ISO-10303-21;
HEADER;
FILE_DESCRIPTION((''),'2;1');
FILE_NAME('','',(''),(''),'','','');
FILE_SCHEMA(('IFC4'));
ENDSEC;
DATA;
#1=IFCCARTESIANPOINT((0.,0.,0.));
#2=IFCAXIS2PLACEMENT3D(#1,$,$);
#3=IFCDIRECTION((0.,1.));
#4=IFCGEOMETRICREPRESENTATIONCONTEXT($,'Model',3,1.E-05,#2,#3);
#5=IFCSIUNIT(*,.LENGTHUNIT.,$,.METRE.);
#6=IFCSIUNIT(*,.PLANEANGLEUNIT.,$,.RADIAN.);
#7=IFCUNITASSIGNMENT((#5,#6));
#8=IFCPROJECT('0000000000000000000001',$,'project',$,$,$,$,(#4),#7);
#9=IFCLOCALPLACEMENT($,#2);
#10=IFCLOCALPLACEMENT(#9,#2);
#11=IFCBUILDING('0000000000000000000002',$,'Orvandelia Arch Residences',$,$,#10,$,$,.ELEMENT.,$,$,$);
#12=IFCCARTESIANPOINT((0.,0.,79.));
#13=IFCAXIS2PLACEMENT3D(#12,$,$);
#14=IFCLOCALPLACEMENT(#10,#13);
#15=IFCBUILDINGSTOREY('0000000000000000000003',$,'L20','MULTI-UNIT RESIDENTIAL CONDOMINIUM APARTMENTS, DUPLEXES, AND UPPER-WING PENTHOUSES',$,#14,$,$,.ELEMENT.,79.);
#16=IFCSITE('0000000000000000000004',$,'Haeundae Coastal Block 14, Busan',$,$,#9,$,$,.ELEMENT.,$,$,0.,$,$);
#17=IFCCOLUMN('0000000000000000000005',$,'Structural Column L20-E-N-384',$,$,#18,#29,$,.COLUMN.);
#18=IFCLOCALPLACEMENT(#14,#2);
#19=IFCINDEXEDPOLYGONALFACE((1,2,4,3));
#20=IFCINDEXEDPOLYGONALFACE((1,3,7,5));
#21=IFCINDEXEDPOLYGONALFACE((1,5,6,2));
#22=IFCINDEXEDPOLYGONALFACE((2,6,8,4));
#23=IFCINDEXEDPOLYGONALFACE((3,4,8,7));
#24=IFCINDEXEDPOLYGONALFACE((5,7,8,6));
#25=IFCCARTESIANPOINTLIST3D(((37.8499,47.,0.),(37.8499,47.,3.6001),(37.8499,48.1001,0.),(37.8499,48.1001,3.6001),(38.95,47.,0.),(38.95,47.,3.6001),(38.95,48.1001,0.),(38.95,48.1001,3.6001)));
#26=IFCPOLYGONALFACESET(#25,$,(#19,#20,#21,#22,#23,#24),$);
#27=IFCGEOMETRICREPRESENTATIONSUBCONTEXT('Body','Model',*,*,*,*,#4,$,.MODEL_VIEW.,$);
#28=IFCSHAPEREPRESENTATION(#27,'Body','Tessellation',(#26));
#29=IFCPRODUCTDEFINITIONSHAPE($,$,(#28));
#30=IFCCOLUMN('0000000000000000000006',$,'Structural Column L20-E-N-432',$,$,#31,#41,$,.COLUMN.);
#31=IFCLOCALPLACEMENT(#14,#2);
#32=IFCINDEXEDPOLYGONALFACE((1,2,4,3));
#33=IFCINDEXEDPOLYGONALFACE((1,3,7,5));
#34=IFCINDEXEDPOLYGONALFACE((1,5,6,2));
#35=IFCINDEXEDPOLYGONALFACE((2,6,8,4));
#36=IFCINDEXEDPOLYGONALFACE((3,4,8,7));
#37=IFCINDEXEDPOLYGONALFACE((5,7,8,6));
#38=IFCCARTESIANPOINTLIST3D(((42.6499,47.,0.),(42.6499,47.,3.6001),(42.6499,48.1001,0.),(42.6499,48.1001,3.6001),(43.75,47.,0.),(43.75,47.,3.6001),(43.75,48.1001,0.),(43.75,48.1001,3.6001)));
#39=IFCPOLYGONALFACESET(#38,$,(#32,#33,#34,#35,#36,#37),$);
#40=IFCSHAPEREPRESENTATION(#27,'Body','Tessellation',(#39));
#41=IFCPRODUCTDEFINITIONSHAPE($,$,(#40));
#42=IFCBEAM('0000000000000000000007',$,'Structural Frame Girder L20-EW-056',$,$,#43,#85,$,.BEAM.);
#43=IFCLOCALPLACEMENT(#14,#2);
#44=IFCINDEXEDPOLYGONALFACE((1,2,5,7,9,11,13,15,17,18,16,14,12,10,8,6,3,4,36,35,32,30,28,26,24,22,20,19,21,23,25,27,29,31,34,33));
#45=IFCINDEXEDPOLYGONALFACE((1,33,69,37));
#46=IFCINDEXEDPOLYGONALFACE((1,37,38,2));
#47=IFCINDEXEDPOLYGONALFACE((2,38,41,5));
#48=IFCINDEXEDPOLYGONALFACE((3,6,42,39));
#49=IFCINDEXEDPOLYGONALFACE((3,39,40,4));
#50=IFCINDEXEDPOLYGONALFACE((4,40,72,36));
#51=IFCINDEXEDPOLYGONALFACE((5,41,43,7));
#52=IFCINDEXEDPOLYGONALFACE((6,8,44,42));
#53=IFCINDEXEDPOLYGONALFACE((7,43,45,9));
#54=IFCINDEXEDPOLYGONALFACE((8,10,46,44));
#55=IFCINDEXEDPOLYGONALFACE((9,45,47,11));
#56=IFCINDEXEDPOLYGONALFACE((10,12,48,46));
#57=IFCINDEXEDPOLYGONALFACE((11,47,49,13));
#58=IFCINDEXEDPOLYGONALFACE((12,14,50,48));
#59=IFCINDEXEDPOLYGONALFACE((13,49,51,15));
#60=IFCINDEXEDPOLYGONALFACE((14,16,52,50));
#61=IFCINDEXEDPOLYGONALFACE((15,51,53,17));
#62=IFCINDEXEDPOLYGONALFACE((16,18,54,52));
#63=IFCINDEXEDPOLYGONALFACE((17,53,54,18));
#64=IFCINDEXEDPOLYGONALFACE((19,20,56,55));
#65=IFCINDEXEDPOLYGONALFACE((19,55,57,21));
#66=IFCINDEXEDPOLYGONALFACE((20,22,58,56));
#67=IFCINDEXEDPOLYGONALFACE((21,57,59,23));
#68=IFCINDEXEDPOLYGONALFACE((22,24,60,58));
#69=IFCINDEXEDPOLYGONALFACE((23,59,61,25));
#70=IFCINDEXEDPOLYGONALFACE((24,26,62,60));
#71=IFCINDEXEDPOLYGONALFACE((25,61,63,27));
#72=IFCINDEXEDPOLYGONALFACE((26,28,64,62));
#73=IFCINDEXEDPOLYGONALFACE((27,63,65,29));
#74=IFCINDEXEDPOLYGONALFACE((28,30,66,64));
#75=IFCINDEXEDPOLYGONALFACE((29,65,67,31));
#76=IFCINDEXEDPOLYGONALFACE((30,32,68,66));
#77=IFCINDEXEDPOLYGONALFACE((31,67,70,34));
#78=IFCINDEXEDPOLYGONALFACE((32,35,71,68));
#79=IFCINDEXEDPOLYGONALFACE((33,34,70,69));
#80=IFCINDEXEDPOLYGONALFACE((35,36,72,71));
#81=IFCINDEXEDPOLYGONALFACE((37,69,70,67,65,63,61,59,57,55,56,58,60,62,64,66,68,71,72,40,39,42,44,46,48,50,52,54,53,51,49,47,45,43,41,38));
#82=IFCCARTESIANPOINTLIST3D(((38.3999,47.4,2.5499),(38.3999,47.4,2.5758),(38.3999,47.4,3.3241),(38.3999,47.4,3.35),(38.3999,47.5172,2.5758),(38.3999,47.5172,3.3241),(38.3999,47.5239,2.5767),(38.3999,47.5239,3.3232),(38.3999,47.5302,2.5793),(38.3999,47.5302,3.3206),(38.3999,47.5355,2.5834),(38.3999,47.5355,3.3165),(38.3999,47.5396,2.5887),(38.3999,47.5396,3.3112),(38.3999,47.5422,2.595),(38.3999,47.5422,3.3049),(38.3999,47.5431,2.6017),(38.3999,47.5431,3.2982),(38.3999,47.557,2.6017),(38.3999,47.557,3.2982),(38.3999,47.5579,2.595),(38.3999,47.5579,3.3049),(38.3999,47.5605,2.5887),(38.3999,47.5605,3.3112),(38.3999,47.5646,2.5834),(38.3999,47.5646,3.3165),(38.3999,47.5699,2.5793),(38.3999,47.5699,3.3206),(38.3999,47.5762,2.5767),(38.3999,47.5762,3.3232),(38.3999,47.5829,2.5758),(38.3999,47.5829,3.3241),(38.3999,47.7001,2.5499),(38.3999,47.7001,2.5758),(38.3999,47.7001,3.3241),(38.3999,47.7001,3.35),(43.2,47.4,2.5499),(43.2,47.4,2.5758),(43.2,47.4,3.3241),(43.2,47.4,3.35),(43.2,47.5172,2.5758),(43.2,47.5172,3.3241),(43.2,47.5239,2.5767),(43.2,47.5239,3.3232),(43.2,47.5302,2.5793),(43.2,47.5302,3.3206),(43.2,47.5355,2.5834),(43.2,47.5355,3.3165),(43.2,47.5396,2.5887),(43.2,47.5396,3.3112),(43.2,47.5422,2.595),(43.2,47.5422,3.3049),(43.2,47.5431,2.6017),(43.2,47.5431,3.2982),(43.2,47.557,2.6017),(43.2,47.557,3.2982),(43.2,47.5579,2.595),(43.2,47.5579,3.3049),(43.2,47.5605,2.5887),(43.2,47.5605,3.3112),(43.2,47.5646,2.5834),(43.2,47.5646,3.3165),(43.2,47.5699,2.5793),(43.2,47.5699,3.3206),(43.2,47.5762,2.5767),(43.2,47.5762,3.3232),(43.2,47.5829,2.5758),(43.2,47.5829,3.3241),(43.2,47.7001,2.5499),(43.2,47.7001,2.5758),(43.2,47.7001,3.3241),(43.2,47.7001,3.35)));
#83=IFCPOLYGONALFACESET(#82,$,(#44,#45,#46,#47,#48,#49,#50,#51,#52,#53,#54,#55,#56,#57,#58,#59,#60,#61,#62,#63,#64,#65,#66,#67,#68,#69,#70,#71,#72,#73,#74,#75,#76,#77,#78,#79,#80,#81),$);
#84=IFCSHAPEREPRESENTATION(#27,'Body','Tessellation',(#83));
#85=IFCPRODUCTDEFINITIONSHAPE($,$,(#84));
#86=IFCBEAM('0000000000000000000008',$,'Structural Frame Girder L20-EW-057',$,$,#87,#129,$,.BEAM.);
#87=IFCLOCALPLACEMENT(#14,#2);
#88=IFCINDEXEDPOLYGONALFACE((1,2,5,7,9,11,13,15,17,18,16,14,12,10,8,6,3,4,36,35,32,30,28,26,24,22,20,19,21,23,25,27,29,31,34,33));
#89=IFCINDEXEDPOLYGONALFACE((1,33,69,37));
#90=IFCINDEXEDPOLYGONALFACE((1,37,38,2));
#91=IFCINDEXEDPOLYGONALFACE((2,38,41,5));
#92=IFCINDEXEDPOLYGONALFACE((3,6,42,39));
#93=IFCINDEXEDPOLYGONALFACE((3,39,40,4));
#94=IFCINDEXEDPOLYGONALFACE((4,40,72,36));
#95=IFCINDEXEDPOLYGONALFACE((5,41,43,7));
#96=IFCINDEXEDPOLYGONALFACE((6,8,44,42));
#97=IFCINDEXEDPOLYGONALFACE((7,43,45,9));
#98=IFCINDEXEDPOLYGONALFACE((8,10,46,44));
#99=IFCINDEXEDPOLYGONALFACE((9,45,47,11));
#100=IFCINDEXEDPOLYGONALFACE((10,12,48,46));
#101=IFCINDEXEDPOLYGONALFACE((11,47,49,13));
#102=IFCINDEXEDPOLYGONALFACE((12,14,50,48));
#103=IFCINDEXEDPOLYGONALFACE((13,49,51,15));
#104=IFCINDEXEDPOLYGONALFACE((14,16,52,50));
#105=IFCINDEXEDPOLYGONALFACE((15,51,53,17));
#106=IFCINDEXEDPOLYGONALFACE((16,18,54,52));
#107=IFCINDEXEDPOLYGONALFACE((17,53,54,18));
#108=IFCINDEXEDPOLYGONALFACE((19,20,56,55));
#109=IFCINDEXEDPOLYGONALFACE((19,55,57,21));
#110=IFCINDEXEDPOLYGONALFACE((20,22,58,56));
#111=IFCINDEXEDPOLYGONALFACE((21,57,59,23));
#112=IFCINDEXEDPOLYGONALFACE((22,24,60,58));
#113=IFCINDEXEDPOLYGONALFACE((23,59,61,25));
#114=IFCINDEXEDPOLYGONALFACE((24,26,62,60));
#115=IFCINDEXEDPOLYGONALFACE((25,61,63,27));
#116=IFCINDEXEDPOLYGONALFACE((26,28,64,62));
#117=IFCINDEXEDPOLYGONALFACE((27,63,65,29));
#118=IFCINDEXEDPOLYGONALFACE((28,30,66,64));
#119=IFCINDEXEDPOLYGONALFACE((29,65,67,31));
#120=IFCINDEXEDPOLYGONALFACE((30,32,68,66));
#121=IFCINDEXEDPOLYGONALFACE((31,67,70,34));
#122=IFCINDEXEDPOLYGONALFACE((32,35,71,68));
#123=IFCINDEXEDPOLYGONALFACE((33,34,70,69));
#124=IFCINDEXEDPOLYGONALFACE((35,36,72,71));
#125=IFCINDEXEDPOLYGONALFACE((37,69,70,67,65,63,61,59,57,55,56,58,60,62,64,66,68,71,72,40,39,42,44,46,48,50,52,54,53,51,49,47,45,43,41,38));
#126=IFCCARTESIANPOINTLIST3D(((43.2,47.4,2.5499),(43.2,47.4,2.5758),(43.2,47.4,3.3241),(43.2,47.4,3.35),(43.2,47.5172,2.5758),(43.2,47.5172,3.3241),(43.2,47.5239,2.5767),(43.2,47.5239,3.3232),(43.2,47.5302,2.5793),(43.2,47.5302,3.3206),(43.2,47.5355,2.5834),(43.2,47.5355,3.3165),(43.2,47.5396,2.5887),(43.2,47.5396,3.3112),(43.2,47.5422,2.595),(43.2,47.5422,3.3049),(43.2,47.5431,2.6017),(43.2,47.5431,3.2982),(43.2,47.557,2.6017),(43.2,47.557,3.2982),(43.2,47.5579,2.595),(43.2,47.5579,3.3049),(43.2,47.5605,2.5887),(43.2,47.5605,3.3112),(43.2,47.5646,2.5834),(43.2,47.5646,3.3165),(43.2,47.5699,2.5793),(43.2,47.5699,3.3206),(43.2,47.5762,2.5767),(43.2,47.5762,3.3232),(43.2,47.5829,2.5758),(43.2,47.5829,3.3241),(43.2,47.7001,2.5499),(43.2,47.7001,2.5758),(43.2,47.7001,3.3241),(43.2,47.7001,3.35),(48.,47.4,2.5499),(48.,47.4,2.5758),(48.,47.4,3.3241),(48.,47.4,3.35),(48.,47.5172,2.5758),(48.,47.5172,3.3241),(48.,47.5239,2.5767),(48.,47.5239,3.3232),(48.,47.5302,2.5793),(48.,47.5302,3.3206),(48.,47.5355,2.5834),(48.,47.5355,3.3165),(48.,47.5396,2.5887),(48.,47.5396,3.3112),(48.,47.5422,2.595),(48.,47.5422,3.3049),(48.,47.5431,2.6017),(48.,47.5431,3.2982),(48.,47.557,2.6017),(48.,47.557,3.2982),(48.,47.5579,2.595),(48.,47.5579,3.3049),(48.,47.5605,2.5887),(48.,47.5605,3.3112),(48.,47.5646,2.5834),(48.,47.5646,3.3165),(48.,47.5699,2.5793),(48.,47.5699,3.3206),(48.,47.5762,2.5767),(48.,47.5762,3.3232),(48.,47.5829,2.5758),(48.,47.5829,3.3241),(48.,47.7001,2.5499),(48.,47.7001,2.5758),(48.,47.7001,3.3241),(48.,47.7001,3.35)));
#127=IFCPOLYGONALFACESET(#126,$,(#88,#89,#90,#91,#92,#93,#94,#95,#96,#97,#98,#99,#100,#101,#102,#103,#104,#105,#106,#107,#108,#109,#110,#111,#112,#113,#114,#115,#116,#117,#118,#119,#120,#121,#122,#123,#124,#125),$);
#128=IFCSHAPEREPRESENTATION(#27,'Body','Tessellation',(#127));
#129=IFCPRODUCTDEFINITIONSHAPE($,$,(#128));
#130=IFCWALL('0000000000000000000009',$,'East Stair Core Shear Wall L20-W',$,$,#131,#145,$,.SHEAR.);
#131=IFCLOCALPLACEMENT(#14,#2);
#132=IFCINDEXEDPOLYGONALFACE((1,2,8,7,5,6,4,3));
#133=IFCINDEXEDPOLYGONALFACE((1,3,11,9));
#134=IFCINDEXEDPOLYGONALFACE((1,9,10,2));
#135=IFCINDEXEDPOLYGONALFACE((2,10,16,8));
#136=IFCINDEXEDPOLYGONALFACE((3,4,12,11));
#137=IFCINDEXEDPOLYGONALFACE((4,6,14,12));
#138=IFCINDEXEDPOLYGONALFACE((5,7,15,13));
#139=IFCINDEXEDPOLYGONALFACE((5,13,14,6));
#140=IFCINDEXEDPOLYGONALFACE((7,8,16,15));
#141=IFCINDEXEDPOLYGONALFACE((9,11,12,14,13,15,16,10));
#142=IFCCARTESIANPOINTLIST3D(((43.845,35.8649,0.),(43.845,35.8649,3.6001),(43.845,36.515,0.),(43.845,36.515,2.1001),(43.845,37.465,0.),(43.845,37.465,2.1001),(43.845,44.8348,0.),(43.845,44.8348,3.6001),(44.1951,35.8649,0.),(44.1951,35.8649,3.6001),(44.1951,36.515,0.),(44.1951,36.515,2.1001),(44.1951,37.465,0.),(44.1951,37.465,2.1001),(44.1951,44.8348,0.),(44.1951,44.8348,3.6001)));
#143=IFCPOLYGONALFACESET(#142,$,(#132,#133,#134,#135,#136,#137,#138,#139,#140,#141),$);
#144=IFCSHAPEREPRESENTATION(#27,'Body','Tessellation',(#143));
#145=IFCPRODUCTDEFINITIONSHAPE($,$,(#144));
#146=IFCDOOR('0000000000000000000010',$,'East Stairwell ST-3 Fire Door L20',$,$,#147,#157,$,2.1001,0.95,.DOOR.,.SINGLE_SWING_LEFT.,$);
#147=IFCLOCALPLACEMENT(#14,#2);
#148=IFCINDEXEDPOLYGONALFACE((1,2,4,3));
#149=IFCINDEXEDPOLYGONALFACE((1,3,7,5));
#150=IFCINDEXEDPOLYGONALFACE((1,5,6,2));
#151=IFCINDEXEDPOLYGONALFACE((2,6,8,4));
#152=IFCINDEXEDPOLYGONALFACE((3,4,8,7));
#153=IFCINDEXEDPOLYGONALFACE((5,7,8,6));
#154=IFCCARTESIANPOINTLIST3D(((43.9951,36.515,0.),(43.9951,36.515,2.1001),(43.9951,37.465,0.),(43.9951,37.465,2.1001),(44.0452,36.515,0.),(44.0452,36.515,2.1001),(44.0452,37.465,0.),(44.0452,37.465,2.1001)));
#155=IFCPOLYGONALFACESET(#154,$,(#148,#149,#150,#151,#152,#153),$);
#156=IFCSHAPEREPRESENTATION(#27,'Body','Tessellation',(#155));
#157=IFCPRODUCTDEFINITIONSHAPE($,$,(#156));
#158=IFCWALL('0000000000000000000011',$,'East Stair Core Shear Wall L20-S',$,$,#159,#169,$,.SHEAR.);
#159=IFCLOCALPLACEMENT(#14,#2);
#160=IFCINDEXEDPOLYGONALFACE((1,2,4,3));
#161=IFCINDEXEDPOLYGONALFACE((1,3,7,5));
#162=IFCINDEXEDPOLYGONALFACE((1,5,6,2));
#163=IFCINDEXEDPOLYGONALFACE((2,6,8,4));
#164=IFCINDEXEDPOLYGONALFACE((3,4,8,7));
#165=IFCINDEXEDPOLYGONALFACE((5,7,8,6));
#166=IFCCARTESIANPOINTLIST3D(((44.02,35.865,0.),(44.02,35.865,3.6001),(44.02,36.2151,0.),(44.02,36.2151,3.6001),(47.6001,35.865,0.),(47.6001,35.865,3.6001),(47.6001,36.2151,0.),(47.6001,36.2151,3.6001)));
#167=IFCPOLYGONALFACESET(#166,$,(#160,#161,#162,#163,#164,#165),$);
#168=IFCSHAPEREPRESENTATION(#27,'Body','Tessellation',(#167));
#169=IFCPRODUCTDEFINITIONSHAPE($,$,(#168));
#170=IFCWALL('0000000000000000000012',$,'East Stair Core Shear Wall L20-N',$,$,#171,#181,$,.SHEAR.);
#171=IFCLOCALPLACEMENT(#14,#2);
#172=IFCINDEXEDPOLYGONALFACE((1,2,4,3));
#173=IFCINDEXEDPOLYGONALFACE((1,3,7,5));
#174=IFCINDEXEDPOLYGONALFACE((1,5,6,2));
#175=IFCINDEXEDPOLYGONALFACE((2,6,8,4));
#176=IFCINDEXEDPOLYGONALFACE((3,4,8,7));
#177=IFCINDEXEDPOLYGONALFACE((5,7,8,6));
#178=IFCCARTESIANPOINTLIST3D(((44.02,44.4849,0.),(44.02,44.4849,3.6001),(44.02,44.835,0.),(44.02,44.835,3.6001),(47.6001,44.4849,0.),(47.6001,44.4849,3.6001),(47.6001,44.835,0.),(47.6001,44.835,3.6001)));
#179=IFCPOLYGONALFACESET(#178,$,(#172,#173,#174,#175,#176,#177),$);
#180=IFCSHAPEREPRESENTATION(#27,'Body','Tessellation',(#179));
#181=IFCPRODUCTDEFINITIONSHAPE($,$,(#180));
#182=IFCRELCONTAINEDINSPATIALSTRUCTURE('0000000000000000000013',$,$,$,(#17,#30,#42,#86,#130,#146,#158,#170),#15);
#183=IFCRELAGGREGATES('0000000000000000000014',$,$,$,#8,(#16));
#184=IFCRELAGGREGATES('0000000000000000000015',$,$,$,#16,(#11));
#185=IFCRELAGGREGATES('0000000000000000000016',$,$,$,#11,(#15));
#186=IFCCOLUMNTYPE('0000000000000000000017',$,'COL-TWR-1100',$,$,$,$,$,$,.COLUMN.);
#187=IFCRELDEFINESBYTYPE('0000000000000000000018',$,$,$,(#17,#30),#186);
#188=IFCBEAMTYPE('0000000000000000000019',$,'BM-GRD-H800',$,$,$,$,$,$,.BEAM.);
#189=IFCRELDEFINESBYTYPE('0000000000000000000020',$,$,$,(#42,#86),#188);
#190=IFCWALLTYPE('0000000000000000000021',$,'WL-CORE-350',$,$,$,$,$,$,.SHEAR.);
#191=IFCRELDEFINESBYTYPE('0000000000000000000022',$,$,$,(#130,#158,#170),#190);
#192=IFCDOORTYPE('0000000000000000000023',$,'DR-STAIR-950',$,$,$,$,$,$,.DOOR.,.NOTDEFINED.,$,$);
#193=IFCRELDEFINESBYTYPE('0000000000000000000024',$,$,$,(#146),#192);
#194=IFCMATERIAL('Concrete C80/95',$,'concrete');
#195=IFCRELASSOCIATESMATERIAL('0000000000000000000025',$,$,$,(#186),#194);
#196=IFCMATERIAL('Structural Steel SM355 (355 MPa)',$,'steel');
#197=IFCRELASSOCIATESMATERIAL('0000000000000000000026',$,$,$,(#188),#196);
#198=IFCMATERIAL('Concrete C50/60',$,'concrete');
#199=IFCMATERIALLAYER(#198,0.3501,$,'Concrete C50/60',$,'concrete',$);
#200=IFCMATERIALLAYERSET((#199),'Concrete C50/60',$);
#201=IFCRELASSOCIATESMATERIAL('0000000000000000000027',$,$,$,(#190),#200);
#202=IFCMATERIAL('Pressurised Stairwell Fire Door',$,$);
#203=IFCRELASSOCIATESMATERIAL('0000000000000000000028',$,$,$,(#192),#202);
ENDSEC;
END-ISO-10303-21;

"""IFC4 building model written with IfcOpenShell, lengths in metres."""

from ifc_helpers import new_model, si_unit, direction, frame, frame_2d, origin, origin_2d, place, context, subcontext, project, spatial, rectangle, i_section, extrude, material, layer, layer_set, material_profile, profile_set, type_object, element, fill, save


model = new_model("IFC4")

# Units and contexts
model_context = context("Model", 3, precision=1e-05, world=origin(), true_north=direction((0.0, 1.0)))
body_context = subcontext(model_context, "Body", "Model", "MODEL_VIEW")
ifc_project = project(units=[si_unit("LENGTHUNIT", "METRE"), si_unit("PLANEANGLEUNIT", "RADIAN")], contexts=[model_context])

# Site, building, storey
site_placement = place(None, origin())
site = spatial("IfcSite", under=ifc_project, at=site_placement, Name="Haeundae Coastal Block 14, Busan", CompositionType="ELEMENT", RefElevation=0.0)
building_placement = place(site_placement, origin())
building = spatial("IfcBuilding", under=site, at=building_placement, Name="Orvandelia Arch Residences", CompositionType="ELEMENT")
storey_placement = place(building_placement, frame((0.0, 0.0, 79.0)))
storey = spatial("IfcBuildingStorey", under=building, at=storey_placement, Name="L20", Description="MULTI-UNIT RESIDENTIAL CONDOMINIUM APARTMENTS, DUPLEXES, AND UPPER-WING PENTHOUSES", CompositionType="ELEMENT", Elevation=79.0)

# Columns
ifc_material_1 = material(Name="Concrete C80/95", Category="concrete")
ifc_material_profile_1 = material_profile(ifc_material_1, rectangle(XDim=1.1001, YDim=1.1001, at=origin_2d()), Name="Concrete C80/95", Category="concrete")
ifc_profile_set_1 = profile_set([ifc_material_profile_1], Name="Concrete C80/95")
column_type = type_object("IfcColumnType", Name="COL-TWR-1100", PredefinedType="COLUMN", material=ifc_profile_set_1)
for number, where, z_axis, x_axis, name in (
    (1, (38.3999, 47.55, 0.0), (0.0, 0.0, 1.0), (1.0, 0.0, 0.0), "Structural Column L20-E-N-384"),
    (2, (43.2, 47.55, 0.0), (0.0, 0.0, 1.0), (1.0, 0.0, 0.0), "Structural Column L20-E-N-432"),
):
    element("IfcColumn", number, at=place(storey_placement, frame(where, z_axis=z_axis, x_axis=x_axis)), inside=storey, type_object=column_type, Name=name, PredefinedType="COLUMN", context=body_context, shape_type="SweptSolid", body=[
        extrude(rectangle(XDim=1.1001, YDim=1.1001, at=origin_2d()), origin(), (0.0, 0.0, 1.0), 3.6001),
    ])

# Beams
ifc_material_2 = material(Name="Structural Steel SM355 (355 MPa)", Category="steel")
ifc_material_profile_2 = material_profile(ifc_material_2, i_section(OverallWidth=0.3, OverallDepth=0.8, WebThickness=0.0139, FlangeThickness=0.0259, FilletRadius=0.0259, at=origin_2d()), Name="Structural Steel SM355 (355 MPa)", Category="steel")
ifc_profile_set_2 = profile_set([ifc_material_profile_2], Name="Structural Steel SM355 (355 MPa)")
beam_type = type_object("IfcBeamType", Name="BM-GRD-H800", PredefinedType="BEAM", material=ifc_profile_set_2)
for number, where, z_axis, x_axis, name in (
    (3, (38.3999, 47.55, 2.95), (1.0, 0.0, 0.0), (0.0, 1.0, 0.0), "Structural Frame Girder L20-EW-056"),
    (4, (43.2, 47.55, 2.95), (1.0, 0.0, 0.0), (0.0, 1.0, 0.0), "Structural Frame Girder L20-EW-057"),
):
    element("IfcBeam", number, at=place(storey_placement, frame(where, z_axis=z_axis, x_axis=x_axis)), inside=storey, type_object=beam_type, Name=name, PredefinedType="BEAM", context=body_context, shape_type="SweptSolid", body=[
        extrude(i_section(OverallWidth=0.3, OverallDepth=0.8, WebThickness=0.0139, FlangeThickness=0.0259, FilletRadius=0.0259, at=origin_2d()), origin(), (0.0, 0.0, 1.0), 4.8),
    ])

# Wall, opening, door
ifc_material_3 = material(Name="Concrete C50/60", Category="concrete")
ifc_layer_1 = layer(ifc_material_3, 0.3501, Name="Concrete C50/60", Category="concrete")
ifc_layer_set_1 = layer_set([ifc_layer_1], Name="Concrete C50/60")
wall_type_1 = type_object("IfcWallType", Name="WL-CORE-350", PredefinedType="SHEAR", material=ifc_layer_set_1)
wall_1_placement = place(storey_placement, frame((44.02, 35.865, 0.0), z_axis=(0.0, 0.0, 1.0), x_axis=(0.0, 1.0, 0.0)))
wall_1 = element("IfcWall", 5, at=wall_1_placement, inside=storey, type_object=wall_type_1, Name="East Stair Core Shear Wall L20-W", PredefinedType="SHEAR", context=body_context, shape_type="SweptSolid", body=[
    extrude(rectangle(XDim=8.97, YDim=0.3501, at=frame_2d((4.4849, 0.0))), origin(), (0.0, 0.0, 1.0), 3.6001),
])
opening_1_placement = place(wall_1_placement, frame((0.6499, 0.0, 0.0)))
opening_1 = element("IfcOpeningElement", 6, at=opening_1_placement, cuts=wall_1, PredefinedType="OPENING", context=body_context, shape_type="SweptSolid", body=[
    extrude(rectangle(XDim=0.95, YDim=2.1001, at=frame_2d((0.4751, 1.05))), frame((0.0, 0.1851, 0.0), z_axis=(0.0, -1.0, 0.0), x_axis=(1.0, 0.0, 0.0)), (0.0, 0.0, 1.0), 0.3701),
])
ifc_material_4 = material(Name="Pressurised Stairwell Fire Door")
door_type_1 = type_object("IfcDoorType", Name="DR-STAIR-950", OperationType="NOTDEFINED", PredefinedType="DOOR", material=ifc_material_4)
door_1_placement = place(opening_1_placement, origin())
door_1 = element("IfcDoor", 7, at=door_1_placement, inside=storey, type_object=door_type_1, Name="East Stairwell ST-3 Fire Door L20", OperationType="SINGLE_SWING_LEFT", OverallHeight=2.1001, OverallWidth=0.95, PredefinedType="DOOR", context=body_context, shape_type="SweptSolid", body=[
    extrude(rectangle(XDim=0.95, YDim=2.1001, at=frame_2d((0.4751, 1.05))), frame((0.0, 0.0249, 0.0), z_axis=(0.0, -1.0, 0.0), x_axis=(1.0, 0.0, 0.0)), (0.0, 0.0, 1.0), 0.05),
])
fill(opening_1, door_1)

# Walls
for number, where, z_axis, x_axis, name in (
    (8, (44.02, 36.04, 0.0), (0.0, 0.0, 1.0), (1.0, 0.0, 0.0), "East Stair Core Shear Wall L20-S"),
    (9, (44.02, 44.6599, 0.0), (0.0, 0.0, 1.0), (1.0, 0.0, 0.0), "East Stair Core Shear Wall L20-N"),
):
    element("IfcWall", number, at=place(storey_placement, frame(where, z_axis=z_axis, x_axis=x_axis)), inside=storey, type_object=wall_type_1, Name=name, PredefinedType="SHEAR", context=body_context, shape_type="SweptSolid", body=[
        extrude(rectangle(XDim=3.5801, YDim=0.3501, at=frame_2d((1.79, 0.0))), origin(), (0.0, 0.0, 1.0), 3.6001),
    ])

save(model, "model.ifc")
